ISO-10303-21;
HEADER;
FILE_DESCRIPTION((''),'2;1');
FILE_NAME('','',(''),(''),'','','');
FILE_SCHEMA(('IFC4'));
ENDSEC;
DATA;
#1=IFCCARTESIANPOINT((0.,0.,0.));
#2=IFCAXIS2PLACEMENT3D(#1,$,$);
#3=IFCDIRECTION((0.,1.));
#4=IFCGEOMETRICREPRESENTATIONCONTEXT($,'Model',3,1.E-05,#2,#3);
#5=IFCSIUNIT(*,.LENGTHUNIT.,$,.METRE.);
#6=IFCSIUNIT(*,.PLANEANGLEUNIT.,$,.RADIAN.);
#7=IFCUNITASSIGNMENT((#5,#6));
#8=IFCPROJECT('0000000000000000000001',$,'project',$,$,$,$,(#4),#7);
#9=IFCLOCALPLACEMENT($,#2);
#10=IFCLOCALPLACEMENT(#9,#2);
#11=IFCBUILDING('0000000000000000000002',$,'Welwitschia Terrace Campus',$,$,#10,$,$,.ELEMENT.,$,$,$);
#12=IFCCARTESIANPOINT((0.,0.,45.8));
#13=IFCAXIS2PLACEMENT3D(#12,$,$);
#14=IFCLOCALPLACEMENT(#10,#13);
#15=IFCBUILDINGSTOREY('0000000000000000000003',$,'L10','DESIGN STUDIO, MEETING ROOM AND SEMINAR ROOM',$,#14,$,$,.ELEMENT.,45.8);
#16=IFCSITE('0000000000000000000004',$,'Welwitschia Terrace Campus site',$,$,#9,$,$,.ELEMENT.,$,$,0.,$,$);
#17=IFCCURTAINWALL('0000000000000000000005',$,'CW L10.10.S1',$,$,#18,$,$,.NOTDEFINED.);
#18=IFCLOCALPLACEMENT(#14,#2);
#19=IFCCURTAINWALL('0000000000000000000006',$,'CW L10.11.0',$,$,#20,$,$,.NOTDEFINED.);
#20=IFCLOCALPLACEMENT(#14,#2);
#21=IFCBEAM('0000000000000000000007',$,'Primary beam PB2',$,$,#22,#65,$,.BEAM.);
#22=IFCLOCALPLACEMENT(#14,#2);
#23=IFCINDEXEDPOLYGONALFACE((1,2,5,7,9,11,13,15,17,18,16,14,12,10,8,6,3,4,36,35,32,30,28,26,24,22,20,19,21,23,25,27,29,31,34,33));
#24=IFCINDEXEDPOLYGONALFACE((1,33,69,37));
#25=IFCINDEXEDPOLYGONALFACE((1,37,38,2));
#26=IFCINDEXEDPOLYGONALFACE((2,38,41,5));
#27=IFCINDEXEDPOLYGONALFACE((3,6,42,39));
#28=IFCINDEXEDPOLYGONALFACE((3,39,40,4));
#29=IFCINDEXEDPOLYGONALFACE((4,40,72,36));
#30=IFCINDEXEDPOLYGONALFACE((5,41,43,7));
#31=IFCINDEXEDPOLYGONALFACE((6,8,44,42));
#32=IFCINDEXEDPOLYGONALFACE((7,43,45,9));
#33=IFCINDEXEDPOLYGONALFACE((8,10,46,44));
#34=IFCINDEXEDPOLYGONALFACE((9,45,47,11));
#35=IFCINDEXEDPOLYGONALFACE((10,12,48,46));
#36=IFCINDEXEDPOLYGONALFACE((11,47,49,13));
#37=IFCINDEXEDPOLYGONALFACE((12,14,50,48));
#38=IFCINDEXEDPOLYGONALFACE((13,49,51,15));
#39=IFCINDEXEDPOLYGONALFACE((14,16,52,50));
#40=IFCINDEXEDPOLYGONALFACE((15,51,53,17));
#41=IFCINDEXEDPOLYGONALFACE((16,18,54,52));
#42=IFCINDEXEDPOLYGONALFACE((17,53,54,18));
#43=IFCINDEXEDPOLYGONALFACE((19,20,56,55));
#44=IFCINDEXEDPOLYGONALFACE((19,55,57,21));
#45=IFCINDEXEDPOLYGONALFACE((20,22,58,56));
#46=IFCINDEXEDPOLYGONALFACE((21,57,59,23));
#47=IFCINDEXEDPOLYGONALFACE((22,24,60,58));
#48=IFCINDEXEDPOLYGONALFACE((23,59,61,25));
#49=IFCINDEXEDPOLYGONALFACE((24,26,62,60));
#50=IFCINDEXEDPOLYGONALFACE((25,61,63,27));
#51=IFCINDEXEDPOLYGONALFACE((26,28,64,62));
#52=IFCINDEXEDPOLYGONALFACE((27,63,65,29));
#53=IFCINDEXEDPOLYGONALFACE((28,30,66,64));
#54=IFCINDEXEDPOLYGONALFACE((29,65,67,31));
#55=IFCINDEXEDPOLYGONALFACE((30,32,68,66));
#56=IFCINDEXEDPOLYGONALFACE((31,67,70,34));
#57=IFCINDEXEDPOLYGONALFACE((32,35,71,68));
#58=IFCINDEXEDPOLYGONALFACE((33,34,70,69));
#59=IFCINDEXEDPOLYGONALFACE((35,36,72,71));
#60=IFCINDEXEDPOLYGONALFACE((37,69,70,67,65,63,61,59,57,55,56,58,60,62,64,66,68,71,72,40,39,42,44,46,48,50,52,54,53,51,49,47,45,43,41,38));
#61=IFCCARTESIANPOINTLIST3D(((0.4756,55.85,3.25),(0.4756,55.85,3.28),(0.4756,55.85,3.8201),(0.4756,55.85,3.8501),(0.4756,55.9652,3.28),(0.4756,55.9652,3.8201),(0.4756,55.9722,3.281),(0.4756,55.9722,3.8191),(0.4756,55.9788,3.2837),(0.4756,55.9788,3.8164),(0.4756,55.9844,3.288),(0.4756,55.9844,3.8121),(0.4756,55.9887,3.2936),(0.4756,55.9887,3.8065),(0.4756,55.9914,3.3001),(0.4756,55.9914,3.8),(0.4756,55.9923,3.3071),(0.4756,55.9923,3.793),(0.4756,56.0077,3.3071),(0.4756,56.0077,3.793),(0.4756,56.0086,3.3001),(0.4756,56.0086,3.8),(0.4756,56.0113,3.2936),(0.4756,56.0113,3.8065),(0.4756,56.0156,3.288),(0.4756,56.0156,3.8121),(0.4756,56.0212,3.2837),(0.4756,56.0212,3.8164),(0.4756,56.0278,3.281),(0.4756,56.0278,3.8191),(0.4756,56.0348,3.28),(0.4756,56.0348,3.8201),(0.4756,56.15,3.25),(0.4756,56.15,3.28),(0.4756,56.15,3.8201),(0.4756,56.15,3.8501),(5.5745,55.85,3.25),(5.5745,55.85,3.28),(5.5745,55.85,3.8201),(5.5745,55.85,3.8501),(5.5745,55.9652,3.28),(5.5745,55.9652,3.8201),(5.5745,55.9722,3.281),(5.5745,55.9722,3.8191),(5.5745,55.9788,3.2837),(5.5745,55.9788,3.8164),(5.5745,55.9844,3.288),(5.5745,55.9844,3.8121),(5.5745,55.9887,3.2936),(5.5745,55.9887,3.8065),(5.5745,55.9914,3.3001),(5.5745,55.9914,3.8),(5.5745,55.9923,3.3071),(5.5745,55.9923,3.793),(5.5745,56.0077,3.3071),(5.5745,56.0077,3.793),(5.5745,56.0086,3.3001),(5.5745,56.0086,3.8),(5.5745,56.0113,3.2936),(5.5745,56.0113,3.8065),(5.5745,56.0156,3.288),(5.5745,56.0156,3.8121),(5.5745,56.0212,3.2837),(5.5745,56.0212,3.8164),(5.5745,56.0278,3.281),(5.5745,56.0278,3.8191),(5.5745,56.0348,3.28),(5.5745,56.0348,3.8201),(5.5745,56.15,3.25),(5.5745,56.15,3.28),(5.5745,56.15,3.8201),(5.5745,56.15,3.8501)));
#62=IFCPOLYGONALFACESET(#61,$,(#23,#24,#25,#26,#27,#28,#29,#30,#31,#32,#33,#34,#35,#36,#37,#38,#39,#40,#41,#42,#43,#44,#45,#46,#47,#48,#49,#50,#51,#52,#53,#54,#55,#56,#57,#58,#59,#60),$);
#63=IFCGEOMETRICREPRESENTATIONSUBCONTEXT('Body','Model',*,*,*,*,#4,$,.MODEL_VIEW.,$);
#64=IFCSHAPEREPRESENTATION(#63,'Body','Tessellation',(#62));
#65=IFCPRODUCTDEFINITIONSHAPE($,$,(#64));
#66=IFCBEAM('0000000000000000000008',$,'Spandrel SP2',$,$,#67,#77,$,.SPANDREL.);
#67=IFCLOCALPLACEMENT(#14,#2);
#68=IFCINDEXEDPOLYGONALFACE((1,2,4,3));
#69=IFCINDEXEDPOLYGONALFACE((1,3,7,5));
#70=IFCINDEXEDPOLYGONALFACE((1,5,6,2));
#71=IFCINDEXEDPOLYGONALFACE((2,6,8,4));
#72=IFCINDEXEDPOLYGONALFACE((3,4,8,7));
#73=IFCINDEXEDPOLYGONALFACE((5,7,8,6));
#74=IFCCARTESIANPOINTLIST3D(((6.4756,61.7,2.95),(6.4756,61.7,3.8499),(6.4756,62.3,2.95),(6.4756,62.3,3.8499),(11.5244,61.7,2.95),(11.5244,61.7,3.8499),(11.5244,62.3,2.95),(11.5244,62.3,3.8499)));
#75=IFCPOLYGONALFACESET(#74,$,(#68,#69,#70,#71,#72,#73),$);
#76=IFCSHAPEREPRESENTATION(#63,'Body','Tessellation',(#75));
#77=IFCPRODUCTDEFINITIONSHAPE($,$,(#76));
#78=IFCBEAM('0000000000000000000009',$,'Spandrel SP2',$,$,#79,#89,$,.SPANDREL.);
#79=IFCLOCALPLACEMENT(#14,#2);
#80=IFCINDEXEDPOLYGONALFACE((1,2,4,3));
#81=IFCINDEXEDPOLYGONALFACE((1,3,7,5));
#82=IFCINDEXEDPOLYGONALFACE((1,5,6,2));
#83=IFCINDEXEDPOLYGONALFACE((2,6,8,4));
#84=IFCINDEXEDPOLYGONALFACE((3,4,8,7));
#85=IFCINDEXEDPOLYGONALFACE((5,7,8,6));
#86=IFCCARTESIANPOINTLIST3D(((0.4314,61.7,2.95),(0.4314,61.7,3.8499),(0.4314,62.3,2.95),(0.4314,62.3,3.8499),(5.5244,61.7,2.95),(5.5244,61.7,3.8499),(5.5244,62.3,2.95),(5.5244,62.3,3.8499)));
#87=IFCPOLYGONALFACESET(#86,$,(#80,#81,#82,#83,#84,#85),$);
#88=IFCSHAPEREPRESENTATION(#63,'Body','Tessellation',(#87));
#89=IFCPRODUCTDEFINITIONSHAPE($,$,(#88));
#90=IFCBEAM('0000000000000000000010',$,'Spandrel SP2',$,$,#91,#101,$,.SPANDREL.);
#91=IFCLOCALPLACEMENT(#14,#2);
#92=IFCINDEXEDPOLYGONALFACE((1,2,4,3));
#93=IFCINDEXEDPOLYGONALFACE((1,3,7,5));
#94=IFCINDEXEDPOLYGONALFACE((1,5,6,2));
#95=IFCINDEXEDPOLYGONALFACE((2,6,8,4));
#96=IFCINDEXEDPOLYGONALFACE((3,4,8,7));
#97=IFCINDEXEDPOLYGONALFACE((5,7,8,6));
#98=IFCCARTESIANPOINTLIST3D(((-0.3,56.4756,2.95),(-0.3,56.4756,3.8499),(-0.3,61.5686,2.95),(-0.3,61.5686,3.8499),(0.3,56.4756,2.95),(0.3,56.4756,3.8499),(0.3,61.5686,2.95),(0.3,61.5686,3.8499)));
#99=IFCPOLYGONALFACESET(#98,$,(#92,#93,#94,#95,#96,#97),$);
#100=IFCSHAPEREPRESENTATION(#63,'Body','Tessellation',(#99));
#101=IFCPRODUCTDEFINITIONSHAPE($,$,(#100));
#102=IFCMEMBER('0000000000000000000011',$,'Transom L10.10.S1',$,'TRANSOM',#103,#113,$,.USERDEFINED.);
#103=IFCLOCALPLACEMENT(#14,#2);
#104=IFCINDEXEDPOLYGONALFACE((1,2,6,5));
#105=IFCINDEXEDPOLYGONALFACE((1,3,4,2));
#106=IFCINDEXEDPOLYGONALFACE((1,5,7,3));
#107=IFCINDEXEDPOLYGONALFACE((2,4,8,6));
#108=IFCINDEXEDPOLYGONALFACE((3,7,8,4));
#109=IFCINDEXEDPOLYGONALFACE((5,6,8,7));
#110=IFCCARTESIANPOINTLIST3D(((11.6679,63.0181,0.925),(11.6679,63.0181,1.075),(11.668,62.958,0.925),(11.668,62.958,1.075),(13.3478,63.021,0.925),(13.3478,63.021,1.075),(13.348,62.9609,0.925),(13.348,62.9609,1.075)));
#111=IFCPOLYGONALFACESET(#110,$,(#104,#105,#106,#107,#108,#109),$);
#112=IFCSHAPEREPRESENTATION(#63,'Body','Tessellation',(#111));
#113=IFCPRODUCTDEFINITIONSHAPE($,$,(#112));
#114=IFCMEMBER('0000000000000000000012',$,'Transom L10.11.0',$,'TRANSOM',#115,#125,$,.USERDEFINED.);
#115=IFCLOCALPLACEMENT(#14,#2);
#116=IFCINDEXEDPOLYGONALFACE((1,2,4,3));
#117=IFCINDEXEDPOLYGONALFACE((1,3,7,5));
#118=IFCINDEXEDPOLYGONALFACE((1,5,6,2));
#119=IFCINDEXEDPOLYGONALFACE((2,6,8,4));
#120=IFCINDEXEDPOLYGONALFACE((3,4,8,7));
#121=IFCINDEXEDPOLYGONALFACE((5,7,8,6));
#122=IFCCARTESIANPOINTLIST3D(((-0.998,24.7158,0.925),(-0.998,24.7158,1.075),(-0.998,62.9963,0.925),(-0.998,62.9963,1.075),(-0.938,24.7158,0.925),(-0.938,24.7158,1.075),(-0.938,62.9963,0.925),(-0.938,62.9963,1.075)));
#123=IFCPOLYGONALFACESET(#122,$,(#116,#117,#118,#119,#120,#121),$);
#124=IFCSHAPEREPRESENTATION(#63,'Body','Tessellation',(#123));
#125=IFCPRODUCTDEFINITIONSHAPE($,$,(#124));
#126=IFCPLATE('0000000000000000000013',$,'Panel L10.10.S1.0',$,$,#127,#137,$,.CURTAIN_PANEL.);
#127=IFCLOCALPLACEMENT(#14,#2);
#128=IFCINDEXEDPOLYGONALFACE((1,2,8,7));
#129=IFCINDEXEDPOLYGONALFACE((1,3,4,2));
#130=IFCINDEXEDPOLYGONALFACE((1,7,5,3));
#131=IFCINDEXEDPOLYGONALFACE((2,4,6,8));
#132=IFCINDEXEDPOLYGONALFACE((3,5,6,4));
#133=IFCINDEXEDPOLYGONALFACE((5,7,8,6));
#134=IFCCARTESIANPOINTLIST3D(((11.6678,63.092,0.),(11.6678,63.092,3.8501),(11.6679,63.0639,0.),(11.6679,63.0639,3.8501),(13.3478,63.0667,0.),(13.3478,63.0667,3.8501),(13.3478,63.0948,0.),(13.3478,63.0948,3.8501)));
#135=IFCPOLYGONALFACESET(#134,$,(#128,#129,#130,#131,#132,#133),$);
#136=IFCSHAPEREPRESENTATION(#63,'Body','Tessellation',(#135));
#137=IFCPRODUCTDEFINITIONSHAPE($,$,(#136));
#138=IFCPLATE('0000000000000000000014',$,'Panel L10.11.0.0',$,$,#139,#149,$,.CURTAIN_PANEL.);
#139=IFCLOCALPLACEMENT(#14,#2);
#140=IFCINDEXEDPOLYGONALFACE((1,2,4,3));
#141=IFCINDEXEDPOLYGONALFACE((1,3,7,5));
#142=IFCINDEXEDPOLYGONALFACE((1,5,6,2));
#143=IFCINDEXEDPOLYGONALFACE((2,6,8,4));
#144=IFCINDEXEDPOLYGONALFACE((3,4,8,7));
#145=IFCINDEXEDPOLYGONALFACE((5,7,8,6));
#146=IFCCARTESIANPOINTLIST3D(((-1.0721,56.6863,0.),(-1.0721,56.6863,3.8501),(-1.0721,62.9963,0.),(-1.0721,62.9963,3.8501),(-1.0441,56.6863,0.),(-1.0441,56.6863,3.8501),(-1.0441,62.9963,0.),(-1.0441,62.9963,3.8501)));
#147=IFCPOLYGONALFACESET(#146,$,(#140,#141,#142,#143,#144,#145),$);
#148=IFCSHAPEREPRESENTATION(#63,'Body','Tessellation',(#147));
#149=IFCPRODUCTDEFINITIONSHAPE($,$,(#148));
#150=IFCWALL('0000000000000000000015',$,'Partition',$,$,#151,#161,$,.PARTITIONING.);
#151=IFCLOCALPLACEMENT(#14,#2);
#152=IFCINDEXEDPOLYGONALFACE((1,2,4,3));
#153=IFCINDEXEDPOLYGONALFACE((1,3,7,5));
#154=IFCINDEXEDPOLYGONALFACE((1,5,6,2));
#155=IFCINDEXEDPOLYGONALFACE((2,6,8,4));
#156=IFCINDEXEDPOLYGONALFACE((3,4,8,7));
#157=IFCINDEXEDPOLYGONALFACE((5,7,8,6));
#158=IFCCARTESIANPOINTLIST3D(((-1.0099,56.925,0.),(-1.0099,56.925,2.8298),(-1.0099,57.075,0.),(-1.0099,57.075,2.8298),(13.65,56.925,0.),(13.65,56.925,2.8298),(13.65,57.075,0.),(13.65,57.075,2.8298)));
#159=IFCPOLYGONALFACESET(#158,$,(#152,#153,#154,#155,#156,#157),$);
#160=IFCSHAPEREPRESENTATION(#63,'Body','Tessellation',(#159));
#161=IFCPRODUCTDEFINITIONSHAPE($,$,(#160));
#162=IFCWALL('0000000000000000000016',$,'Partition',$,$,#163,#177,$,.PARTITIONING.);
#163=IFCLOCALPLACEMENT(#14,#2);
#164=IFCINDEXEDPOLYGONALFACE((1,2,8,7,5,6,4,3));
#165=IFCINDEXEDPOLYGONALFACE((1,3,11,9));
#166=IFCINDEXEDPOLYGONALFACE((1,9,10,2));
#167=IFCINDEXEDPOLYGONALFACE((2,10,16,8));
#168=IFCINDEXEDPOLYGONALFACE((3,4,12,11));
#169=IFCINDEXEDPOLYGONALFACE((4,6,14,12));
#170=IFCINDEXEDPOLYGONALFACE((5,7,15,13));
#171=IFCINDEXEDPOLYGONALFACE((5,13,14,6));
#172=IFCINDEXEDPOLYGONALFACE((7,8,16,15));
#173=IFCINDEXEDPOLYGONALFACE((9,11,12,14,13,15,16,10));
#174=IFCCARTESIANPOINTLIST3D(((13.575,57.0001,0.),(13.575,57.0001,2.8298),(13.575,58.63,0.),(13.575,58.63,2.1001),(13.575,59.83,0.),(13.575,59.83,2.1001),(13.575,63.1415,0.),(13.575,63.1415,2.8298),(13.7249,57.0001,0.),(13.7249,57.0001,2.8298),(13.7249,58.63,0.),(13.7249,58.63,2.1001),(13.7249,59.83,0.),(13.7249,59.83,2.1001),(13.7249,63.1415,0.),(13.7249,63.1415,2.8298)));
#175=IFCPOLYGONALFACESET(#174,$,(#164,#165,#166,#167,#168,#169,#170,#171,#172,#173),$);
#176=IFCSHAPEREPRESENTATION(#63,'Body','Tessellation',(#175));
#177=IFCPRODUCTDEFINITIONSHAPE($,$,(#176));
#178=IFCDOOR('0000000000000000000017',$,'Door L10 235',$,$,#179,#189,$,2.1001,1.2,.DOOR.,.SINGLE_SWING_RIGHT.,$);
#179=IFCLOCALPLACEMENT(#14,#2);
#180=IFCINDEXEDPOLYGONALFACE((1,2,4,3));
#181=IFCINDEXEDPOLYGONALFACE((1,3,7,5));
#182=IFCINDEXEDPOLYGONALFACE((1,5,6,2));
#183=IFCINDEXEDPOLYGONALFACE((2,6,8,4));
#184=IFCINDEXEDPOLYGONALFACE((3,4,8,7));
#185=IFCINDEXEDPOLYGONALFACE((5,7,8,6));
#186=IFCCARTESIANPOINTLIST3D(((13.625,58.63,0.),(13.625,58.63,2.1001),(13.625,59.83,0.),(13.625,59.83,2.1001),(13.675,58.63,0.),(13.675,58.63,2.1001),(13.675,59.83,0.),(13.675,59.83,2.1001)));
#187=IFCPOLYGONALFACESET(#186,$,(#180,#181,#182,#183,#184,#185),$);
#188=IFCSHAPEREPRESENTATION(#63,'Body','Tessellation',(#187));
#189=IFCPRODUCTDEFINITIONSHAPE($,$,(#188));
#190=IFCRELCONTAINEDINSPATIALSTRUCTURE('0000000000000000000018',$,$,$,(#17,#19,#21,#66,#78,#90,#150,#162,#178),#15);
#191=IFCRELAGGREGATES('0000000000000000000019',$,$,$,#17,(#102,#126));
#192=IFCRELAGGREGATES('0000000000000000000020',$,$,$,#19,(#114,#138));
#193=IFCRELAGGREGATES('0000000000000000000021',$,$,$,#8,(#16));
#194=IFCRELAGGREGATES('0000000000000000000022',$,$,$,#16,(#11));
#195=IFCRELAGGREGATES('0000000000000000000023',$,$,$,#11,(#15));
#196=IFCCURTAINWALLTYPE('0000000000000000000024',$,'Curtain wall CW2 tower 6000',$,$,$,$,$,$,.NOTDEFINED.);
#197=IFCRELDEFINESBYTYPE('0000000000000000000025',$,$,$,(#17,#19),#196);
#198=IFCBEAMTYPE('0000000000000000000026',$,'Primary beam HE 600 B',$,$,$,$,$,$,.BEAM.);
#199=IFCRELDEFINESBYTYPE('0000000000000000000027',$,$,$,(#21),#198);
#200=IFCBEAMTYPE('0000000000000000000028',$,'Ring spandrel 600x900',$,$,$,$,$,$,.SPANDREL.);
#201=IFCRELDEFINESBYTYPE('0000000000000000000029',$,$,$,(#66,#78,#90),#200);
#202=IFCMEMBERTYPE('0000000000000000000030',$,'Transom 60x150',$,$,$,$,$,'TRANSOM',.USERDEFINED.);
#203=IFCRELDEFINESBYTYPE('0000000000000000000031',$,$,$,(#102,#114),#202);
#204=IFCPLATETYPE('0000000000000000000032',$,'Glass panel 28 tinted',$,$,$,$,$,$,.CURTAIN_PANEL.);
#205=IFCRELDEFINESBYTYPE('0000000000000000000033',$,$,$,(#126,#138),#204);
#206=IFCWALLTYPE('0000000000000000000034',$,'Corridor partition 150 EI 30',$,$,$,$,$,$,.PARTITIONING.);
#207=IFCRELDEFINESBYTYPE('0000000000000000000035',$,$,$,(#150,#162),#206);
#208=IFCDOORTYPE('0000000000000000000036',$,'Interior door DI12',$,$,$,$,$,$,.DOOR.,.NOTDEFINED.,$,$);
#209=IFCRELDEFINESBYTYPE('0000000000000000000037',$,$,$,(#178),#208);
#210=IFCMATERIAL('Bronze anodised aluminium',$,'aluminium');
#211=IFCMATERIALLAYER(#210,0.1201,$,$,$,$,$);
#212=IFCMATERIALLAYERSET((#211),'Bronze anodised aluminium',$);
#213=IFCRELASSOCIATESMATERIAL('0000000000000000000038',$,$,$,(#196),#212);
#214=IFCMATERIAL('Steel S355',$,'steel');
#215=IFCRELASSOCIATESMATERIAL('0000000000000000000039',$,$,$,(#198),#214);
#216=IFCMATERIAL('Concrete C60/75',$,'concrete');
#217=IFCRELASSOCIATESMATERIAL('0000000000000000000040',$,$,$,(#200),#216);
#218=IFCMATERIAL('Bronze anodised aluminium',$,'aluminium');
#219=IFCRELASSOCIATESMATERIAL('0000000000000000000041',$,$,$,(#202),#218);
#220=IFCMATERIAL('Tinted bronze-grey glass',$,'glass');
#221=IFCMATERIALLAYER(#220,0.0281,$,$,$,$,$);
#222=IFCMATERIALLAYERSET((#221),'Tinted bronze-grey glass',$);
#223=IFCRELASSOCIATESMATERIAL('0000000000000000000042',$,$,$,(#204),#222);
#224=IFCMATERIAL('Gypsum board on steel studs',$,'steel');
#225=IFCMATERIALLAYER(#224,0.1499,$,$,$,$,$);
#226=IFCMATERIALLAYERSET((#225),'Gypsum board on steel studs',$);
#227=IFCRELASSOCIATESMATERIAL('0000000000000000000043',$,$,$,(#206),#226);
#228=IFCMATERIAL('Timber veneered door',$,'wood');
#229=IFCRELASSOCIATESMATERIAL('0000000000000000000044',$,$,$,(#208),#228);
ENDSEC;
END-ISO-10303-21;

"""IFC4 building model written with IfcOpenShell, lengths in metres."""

from ifc_helpers import new_model, si_unit, direction, frame, frame_2d, origin, origin_2d, place, context, subcontext, project, spatial, rectangle, i_section, extrude, material, layer, layer_set, material_profile, profile_set, type_object, element, fill, aggregate, save


model = new_model("IFC4")

# Units and contexts
model_context = context("Model", 3, precision=1e-05, world=origin(), true_north=direction((0.0, 1.0)))
body_context = subcontext(model_context, "Body", "Model", "MODEL_VIEW")
ifc_project = project(units=[si_unit("LENGTHUNIT", "METRE"), si_unit("PLANEANGLEUNIT", "RADIAN")], contexts=[model_context])

# Site, building, storey
site_placement = place(None, origin())
site = spatial("IfcSite", under=ifc_project, at=site_placement, Name="Welwitschia Terrace Campus site", CompositionType="ELEMENT", RefElevation=0.0)
building_placement = place(site_placement, origin())
building = spatial("IfcBuilding", under=site, at=building_placement, Name="Welwitschia Terrace Campus", CompositionType="ELEMENT")
storey_placement = place(building_placement, frame((0.0, 0.0, 45.8)))
storey = spatial("IfcBuildingStorey", under=building, at=storey_placement, Name="L10", Description="DESIGN STUDIO, MEETING ROOM AND SEMINAR ROOM", CompositionType="ELEMENT", Elevation=45.8)

# Curtain walls
ifc_material_1 = material(Name="Bronze anodised aluminium", Category="aluminium")
ifc_layer_1 = layer(ifc_material_1, 0.1201)
ifc_layer_set_1 = layer_set([ifc_layer_1], Name="Bronze anodised aluminium")
curtain_wall_type = type_object("IfcCurtainWallType", Name="Curtain wall CW2 tower 6000", PredefinedType="NOTDEFINED", material=ifc_layer_set_1)
curtain_wall_1_placement = place(storey_placement, origin())
curtain_wall_1 = element("IfcCurtainWall", 1, at=curtain_wall_1_placement, inside=storey, type_object=curtain_wall_type, Name="CW L10.10.S1", PredefinedType="NOTDEFINED")
curtain_wall_2_placement = place(storey_placement, origin())
curtain_wall_2 = element("IfcCurtainWall", 2, at=curtain_wall_2_placement, inside=storey, type_object=curtain_wall_type, Name="CW L10.11.0", PredefinedType="NOTDEFINED")

# Beams
ifc_material_2 = material(Name="Steel S355", Category="steel")
ifc_material_profile_1 = material_profile(ifc_material_2, i_section(OverallWidth=0.3, OverallDepth=0.6001, WebThickness=0.0154, FlangeThickness=0.03, FilletRadius=0.0271, at=origin_2d()))
ifc_profile_set_1 = profile_set([ifc_material_profile_1], Name="Steel S355")
beam_type_1 = type_object("IfcBeamType", Name="Primary beam HE 600 B", PredefinedType="BEAM", material=ifc_profile_set_1)
beam_1_placement = place(storey_placement, frame((0.4756, 56.0, 3.55), z_axis=(1.0, 0.0, 0.0), x_axis=(0.0, 1.0, 0.0)))
element("IfcBeam", 3, at=beam_1_placement, inside=storey, type_object=beam_type_1, Name="Primary beam PB2", PredefinedType="BEAM", context=body_context, shape_type="SweptSolid", body=[
    extrude(i_section(OverallWidth=0.3, OverallDepth=0.6001, WebThickness=0.0154, FlangeThickness=0.03, FilletRadius=0.0271, at=origin_2d()), origin(), (0.0, 0.0, 1.0), 5.0989),
])
ifc_material_3 = material(Name="Concrete C60/75", Category="concrete")
ifc_material_profile_2 = material_profile(ifc_material_3, rectangle(XDim=0.6001, YDim=0.8999, at=origin_2d()))
ifc_profile_set_2 = profile_set([ifc_material_profile_2], Name="Concrete C60/75")
beam_type_2 = type_object("IfcBeamType", Name="Ring spandrel 600x900", PredefinedType="SPANDREL", material=ifc_profile_set_2)
beam_2_placement = place(storey_placement, frame((11.5244, 62.0, 3.3999), z_axis=(-1.0, 0.0, 0.0), x_axis=(0.0, -1.0, 0.0)))
element("IfcBeam", 4, at=beam_2_placement, inside=storey, type_object=beam_type_2, Name="Spandrel SP2", PredefinedType="SPANDREL", context=body_context, shape_type="SweptSolid", body=[
    extrude(rectangle(XDim=0.6001, YDim=0.8999, at=origin_2d()), origin(), (0.0, 0.0, 1.0), 5.0488),
])
for number, where, z_axis, x_axis, name in (
    (5, (5.5244, 62.0, 3.3999), (-1.0, 0.0, 0.0), (0.0, -1.0, 0.0), "Spandrel SP2"),
    (6, (0.0, 61.5686, 3.3999), (0.0, -1.0, 0.0), (1.0, 0.0, 0.0), "Spandrel SP2"),
):
    element("IfcBeam", number, at=place(storey_placement, frame(where, z_axis=z_axis, x_axis=x_axis)), inside=storey, type_object=beam_type_2, Name=name, PredefinedType="SPANDREL", context=body_context, shape_type="SweptSolid", body=[
        extrude(rectangle(XDim=0.6001, YDim=0.8999, at=origin_2d()), origin(), (0.0, 0.0, 1.0), 5.093),
    ])

# Members
ifc_material_4 = material(Name="Bronze anodised aluminium", Category="aluminium")
ifc_material_profile_3 = material_profile(ifc_material_4, rectangle(XDim=0.0601, YDim=0.1499, at=origin_2d()))
ifc_profile_set_3 = profile_set([ifc_material_profile_3], Name="Bronze anodised aluminium")
member_type_1 = type_object("IfcMemberType", Name="Transom 60x150", ElementType="TRANSOM", PredefinedType="USERDEFINED", material=ifc_profile_set_3)
member_1_placement = place(storey_placement, frame((13.3479, 62.991, 1.0), z_axis=(-0.999998, -0.001744, 0.0), x_axis=(0.001744, -0.999998, 0.0)))
member_1 = element("IfcMember", 7, at=member_1_placement, type_object=member_type_1, Name="Transom L10.10.S1", ObjectType="TRANSOM", PredefinedType="USERDEFINED", context=body_context, shape_type="SweptSolid", body=[
    extrude(rectangle(XDim=0.0601, YDim=0.1499, at=origin_2d()), origin(), (0.0, 0.0, 1.0), 1.6799),
])
member_2_placement = place(storey_placement, frame((-0.968, 62.9963, 1.0), z_axis=(0.0, -1.0, 0.0), x_axis=(1.0, 0.0, 0.0)))
member_2 = element("IfcMember", 8, at=member_2_placement, type_object=member_type_1, Name="Transom L10.11.0", ObjectType="TRANSOM", PredefinedType="USERDEFINED", context=body_context, shape_type="SweptSolid", body=[
    extrude(rectangle(XDim=0.0601, YDim=0.1499, at=origin_2d()), origin(), (0.0, 0.0, 1.0), 38.2805),
])

# Plates
ifc_material_5 = material(Name="Tinted bronze-grey glass", Category="glass")
ifc_layer_2 = layer(ifc_material_5, 0.0281)
ifc_layer_set_2 = layer_set([ifc_layer_2], Name="Tinted bronze-grey glass")
plate_type = type_object("IfcPlateType", Name="Glass panel 28 tinted", PredefinedType="CURTAIN_PANEL", material=ifc_layer_set_2)
plate_1_placement = place(storey_placement, frame((12.5078, 63.0793, 0.0), z_axis=(0.0, 0.0, 1.0), x_axis=(-0.999999, -0.001706, 0.0)))
plate_1 = element("IfcPlate", 9, at=plate_1_placement, type_object=plate_type, Name="Panel L10.10.S1.0", PredefinedType="CURTAIN_PANEL", context=body_context, shape_type="SweptSolid", body=[
    extrude(rectangle(XDim=1.6799, YDim=0.0281, at=origin_2d()), origin(), (0.0, 0.0, 1.0), 3.8501),
])
aggregate(curtain_wall_1, [member_1, plate_1])
plate_2_placement = place(storey_placement, frame((-1.0581, 59.8413, 0.0), z_axis=(0.0, 0.0, 1.0), x_axis=(0.0, -1.0, 0.0)))
plate_2 = element("IfcPlate", 10, at=plate_2_placement, type_object=plate_type, Name="Panel L10.11.0.0", PredefinedType="CURTAIN_PANEL", context=body_context, shape_type="SweptSolid", body=[
    extrude(rectangle(XDim=6.3101, YDim=0.0281, at=origin_2d()), origin(), (0.0, 0.0, 1.0), 3.8501),
])
aggregate(curtain_wall_2, [member_2, plate_2])

# Wall
ifc_material_6 = material(Name="Gypsum board on steel studs", Category="steel")
ifc_layer_3 = layer(ifc_material_6, 0.1499)
ifc_layer_set_3 = layer_set([ifc_layer_3], Name="Gypsum board on steel studs")
wall_type_1 = type_object("IfcWallType", Name="Corridor partition 150 EI 30", PredefinedType="PARTITIONING", material=ifc_layer_set_3)
wall_1_placement = place(storey_placement, frame((-1.01, 57.0, 0.0), z_axis=(0.0, 0.0, 1.0), x_axis=(1.0, 0.0, 0.0)))
element("IfcWall", 11, at=wall_1_placement, inside=storey, type_object=wall_type_1, Name="Partition", PredefinedType="PARTITIONING", context=body_context, shape_type="SweptSolid", body=[
    extrude(rectangle(XDim=14.6599, YDim=0.1499, at=frame_2d((7.3301, 0.0))), origin(), (0.0, 0.0, 1.0), 2.8298),
])

# Wall, opening, door
wall_2_placement = place(storey_placement, frame((13.6499, 57.0, 0.0), z_axis=(0.0, 0.0, 1.0), x_axis=(0.0, 1.0, 0.0)))
wall_2 = element("IfcWall", 12, at=wall_2_placement, inside=storey, type_object=wall_type_1, Name="Partition", PredefinedType="PARTITIONING", context=body_context, shape_type="SweptSolid", body=[
    extrude(rectangle(XDim=6.1414, YDim=0.1499, at=frame_2d((3.0708, 0.0))), origin(), (0.0, 0.0, 1.0), 2.8298),
])
opening_1_placement = place(wall_2_placement, frame((1.6299, 0.0, 0.0)))
opening_1 = element("IfcOpeningElement", 13, at=opening_1_placement, cuts=wall_2, PredefinedType="OPENING", context=body_context, shape_type="SweptSolid", body=[
    extrude(rectangle(XDim=1.2, YDim=2.1001, at=frame_2d((0.6001, 1.05))), frame((0.0, 0.085, 0.0), z_axis=(0.0, -1.0, 0.0), x_axis=(1.0, 0.0, 0.0)), (0.0, 0.0, 1.0), 0.1699),
])
ifc_material_7 = material(Name="Timber veneered door", Category="wood")
door_type_1 = type_object("IfcDoorType", Name="Interior door DI12", OperationType="NOTDEFINED", PredefinedType="DOOR", material=ifc_material_7)
door_1_placement = place(opening_1_placement, origin())
door_1 = element("IfcDoor", 14, at=door_1_placement, inside=storey, type_object=door_type_1, Name="Door L10 235", OperationType="SINGLE_SWING_RIGHT", OverallHeight=2.1001, OverallWidth=1.2, PredefinedType="DOOR", context=body_context, shape_type="SweptSolid", body=[
    extrude(rectangle(XDim=1.2, YDim=2.1001, at=frame_2d((0.6001, 1.05))), frame((0.0, 0.0249, 0.0), z_axis=(0.0, -1.0, 0.0), x_axis=(1.0, 0.0, 0.0)), (0.0, 0.0, 1.0), 0.05),
])
fill(opening_1, door_1)

save(model, "model.ifc")
